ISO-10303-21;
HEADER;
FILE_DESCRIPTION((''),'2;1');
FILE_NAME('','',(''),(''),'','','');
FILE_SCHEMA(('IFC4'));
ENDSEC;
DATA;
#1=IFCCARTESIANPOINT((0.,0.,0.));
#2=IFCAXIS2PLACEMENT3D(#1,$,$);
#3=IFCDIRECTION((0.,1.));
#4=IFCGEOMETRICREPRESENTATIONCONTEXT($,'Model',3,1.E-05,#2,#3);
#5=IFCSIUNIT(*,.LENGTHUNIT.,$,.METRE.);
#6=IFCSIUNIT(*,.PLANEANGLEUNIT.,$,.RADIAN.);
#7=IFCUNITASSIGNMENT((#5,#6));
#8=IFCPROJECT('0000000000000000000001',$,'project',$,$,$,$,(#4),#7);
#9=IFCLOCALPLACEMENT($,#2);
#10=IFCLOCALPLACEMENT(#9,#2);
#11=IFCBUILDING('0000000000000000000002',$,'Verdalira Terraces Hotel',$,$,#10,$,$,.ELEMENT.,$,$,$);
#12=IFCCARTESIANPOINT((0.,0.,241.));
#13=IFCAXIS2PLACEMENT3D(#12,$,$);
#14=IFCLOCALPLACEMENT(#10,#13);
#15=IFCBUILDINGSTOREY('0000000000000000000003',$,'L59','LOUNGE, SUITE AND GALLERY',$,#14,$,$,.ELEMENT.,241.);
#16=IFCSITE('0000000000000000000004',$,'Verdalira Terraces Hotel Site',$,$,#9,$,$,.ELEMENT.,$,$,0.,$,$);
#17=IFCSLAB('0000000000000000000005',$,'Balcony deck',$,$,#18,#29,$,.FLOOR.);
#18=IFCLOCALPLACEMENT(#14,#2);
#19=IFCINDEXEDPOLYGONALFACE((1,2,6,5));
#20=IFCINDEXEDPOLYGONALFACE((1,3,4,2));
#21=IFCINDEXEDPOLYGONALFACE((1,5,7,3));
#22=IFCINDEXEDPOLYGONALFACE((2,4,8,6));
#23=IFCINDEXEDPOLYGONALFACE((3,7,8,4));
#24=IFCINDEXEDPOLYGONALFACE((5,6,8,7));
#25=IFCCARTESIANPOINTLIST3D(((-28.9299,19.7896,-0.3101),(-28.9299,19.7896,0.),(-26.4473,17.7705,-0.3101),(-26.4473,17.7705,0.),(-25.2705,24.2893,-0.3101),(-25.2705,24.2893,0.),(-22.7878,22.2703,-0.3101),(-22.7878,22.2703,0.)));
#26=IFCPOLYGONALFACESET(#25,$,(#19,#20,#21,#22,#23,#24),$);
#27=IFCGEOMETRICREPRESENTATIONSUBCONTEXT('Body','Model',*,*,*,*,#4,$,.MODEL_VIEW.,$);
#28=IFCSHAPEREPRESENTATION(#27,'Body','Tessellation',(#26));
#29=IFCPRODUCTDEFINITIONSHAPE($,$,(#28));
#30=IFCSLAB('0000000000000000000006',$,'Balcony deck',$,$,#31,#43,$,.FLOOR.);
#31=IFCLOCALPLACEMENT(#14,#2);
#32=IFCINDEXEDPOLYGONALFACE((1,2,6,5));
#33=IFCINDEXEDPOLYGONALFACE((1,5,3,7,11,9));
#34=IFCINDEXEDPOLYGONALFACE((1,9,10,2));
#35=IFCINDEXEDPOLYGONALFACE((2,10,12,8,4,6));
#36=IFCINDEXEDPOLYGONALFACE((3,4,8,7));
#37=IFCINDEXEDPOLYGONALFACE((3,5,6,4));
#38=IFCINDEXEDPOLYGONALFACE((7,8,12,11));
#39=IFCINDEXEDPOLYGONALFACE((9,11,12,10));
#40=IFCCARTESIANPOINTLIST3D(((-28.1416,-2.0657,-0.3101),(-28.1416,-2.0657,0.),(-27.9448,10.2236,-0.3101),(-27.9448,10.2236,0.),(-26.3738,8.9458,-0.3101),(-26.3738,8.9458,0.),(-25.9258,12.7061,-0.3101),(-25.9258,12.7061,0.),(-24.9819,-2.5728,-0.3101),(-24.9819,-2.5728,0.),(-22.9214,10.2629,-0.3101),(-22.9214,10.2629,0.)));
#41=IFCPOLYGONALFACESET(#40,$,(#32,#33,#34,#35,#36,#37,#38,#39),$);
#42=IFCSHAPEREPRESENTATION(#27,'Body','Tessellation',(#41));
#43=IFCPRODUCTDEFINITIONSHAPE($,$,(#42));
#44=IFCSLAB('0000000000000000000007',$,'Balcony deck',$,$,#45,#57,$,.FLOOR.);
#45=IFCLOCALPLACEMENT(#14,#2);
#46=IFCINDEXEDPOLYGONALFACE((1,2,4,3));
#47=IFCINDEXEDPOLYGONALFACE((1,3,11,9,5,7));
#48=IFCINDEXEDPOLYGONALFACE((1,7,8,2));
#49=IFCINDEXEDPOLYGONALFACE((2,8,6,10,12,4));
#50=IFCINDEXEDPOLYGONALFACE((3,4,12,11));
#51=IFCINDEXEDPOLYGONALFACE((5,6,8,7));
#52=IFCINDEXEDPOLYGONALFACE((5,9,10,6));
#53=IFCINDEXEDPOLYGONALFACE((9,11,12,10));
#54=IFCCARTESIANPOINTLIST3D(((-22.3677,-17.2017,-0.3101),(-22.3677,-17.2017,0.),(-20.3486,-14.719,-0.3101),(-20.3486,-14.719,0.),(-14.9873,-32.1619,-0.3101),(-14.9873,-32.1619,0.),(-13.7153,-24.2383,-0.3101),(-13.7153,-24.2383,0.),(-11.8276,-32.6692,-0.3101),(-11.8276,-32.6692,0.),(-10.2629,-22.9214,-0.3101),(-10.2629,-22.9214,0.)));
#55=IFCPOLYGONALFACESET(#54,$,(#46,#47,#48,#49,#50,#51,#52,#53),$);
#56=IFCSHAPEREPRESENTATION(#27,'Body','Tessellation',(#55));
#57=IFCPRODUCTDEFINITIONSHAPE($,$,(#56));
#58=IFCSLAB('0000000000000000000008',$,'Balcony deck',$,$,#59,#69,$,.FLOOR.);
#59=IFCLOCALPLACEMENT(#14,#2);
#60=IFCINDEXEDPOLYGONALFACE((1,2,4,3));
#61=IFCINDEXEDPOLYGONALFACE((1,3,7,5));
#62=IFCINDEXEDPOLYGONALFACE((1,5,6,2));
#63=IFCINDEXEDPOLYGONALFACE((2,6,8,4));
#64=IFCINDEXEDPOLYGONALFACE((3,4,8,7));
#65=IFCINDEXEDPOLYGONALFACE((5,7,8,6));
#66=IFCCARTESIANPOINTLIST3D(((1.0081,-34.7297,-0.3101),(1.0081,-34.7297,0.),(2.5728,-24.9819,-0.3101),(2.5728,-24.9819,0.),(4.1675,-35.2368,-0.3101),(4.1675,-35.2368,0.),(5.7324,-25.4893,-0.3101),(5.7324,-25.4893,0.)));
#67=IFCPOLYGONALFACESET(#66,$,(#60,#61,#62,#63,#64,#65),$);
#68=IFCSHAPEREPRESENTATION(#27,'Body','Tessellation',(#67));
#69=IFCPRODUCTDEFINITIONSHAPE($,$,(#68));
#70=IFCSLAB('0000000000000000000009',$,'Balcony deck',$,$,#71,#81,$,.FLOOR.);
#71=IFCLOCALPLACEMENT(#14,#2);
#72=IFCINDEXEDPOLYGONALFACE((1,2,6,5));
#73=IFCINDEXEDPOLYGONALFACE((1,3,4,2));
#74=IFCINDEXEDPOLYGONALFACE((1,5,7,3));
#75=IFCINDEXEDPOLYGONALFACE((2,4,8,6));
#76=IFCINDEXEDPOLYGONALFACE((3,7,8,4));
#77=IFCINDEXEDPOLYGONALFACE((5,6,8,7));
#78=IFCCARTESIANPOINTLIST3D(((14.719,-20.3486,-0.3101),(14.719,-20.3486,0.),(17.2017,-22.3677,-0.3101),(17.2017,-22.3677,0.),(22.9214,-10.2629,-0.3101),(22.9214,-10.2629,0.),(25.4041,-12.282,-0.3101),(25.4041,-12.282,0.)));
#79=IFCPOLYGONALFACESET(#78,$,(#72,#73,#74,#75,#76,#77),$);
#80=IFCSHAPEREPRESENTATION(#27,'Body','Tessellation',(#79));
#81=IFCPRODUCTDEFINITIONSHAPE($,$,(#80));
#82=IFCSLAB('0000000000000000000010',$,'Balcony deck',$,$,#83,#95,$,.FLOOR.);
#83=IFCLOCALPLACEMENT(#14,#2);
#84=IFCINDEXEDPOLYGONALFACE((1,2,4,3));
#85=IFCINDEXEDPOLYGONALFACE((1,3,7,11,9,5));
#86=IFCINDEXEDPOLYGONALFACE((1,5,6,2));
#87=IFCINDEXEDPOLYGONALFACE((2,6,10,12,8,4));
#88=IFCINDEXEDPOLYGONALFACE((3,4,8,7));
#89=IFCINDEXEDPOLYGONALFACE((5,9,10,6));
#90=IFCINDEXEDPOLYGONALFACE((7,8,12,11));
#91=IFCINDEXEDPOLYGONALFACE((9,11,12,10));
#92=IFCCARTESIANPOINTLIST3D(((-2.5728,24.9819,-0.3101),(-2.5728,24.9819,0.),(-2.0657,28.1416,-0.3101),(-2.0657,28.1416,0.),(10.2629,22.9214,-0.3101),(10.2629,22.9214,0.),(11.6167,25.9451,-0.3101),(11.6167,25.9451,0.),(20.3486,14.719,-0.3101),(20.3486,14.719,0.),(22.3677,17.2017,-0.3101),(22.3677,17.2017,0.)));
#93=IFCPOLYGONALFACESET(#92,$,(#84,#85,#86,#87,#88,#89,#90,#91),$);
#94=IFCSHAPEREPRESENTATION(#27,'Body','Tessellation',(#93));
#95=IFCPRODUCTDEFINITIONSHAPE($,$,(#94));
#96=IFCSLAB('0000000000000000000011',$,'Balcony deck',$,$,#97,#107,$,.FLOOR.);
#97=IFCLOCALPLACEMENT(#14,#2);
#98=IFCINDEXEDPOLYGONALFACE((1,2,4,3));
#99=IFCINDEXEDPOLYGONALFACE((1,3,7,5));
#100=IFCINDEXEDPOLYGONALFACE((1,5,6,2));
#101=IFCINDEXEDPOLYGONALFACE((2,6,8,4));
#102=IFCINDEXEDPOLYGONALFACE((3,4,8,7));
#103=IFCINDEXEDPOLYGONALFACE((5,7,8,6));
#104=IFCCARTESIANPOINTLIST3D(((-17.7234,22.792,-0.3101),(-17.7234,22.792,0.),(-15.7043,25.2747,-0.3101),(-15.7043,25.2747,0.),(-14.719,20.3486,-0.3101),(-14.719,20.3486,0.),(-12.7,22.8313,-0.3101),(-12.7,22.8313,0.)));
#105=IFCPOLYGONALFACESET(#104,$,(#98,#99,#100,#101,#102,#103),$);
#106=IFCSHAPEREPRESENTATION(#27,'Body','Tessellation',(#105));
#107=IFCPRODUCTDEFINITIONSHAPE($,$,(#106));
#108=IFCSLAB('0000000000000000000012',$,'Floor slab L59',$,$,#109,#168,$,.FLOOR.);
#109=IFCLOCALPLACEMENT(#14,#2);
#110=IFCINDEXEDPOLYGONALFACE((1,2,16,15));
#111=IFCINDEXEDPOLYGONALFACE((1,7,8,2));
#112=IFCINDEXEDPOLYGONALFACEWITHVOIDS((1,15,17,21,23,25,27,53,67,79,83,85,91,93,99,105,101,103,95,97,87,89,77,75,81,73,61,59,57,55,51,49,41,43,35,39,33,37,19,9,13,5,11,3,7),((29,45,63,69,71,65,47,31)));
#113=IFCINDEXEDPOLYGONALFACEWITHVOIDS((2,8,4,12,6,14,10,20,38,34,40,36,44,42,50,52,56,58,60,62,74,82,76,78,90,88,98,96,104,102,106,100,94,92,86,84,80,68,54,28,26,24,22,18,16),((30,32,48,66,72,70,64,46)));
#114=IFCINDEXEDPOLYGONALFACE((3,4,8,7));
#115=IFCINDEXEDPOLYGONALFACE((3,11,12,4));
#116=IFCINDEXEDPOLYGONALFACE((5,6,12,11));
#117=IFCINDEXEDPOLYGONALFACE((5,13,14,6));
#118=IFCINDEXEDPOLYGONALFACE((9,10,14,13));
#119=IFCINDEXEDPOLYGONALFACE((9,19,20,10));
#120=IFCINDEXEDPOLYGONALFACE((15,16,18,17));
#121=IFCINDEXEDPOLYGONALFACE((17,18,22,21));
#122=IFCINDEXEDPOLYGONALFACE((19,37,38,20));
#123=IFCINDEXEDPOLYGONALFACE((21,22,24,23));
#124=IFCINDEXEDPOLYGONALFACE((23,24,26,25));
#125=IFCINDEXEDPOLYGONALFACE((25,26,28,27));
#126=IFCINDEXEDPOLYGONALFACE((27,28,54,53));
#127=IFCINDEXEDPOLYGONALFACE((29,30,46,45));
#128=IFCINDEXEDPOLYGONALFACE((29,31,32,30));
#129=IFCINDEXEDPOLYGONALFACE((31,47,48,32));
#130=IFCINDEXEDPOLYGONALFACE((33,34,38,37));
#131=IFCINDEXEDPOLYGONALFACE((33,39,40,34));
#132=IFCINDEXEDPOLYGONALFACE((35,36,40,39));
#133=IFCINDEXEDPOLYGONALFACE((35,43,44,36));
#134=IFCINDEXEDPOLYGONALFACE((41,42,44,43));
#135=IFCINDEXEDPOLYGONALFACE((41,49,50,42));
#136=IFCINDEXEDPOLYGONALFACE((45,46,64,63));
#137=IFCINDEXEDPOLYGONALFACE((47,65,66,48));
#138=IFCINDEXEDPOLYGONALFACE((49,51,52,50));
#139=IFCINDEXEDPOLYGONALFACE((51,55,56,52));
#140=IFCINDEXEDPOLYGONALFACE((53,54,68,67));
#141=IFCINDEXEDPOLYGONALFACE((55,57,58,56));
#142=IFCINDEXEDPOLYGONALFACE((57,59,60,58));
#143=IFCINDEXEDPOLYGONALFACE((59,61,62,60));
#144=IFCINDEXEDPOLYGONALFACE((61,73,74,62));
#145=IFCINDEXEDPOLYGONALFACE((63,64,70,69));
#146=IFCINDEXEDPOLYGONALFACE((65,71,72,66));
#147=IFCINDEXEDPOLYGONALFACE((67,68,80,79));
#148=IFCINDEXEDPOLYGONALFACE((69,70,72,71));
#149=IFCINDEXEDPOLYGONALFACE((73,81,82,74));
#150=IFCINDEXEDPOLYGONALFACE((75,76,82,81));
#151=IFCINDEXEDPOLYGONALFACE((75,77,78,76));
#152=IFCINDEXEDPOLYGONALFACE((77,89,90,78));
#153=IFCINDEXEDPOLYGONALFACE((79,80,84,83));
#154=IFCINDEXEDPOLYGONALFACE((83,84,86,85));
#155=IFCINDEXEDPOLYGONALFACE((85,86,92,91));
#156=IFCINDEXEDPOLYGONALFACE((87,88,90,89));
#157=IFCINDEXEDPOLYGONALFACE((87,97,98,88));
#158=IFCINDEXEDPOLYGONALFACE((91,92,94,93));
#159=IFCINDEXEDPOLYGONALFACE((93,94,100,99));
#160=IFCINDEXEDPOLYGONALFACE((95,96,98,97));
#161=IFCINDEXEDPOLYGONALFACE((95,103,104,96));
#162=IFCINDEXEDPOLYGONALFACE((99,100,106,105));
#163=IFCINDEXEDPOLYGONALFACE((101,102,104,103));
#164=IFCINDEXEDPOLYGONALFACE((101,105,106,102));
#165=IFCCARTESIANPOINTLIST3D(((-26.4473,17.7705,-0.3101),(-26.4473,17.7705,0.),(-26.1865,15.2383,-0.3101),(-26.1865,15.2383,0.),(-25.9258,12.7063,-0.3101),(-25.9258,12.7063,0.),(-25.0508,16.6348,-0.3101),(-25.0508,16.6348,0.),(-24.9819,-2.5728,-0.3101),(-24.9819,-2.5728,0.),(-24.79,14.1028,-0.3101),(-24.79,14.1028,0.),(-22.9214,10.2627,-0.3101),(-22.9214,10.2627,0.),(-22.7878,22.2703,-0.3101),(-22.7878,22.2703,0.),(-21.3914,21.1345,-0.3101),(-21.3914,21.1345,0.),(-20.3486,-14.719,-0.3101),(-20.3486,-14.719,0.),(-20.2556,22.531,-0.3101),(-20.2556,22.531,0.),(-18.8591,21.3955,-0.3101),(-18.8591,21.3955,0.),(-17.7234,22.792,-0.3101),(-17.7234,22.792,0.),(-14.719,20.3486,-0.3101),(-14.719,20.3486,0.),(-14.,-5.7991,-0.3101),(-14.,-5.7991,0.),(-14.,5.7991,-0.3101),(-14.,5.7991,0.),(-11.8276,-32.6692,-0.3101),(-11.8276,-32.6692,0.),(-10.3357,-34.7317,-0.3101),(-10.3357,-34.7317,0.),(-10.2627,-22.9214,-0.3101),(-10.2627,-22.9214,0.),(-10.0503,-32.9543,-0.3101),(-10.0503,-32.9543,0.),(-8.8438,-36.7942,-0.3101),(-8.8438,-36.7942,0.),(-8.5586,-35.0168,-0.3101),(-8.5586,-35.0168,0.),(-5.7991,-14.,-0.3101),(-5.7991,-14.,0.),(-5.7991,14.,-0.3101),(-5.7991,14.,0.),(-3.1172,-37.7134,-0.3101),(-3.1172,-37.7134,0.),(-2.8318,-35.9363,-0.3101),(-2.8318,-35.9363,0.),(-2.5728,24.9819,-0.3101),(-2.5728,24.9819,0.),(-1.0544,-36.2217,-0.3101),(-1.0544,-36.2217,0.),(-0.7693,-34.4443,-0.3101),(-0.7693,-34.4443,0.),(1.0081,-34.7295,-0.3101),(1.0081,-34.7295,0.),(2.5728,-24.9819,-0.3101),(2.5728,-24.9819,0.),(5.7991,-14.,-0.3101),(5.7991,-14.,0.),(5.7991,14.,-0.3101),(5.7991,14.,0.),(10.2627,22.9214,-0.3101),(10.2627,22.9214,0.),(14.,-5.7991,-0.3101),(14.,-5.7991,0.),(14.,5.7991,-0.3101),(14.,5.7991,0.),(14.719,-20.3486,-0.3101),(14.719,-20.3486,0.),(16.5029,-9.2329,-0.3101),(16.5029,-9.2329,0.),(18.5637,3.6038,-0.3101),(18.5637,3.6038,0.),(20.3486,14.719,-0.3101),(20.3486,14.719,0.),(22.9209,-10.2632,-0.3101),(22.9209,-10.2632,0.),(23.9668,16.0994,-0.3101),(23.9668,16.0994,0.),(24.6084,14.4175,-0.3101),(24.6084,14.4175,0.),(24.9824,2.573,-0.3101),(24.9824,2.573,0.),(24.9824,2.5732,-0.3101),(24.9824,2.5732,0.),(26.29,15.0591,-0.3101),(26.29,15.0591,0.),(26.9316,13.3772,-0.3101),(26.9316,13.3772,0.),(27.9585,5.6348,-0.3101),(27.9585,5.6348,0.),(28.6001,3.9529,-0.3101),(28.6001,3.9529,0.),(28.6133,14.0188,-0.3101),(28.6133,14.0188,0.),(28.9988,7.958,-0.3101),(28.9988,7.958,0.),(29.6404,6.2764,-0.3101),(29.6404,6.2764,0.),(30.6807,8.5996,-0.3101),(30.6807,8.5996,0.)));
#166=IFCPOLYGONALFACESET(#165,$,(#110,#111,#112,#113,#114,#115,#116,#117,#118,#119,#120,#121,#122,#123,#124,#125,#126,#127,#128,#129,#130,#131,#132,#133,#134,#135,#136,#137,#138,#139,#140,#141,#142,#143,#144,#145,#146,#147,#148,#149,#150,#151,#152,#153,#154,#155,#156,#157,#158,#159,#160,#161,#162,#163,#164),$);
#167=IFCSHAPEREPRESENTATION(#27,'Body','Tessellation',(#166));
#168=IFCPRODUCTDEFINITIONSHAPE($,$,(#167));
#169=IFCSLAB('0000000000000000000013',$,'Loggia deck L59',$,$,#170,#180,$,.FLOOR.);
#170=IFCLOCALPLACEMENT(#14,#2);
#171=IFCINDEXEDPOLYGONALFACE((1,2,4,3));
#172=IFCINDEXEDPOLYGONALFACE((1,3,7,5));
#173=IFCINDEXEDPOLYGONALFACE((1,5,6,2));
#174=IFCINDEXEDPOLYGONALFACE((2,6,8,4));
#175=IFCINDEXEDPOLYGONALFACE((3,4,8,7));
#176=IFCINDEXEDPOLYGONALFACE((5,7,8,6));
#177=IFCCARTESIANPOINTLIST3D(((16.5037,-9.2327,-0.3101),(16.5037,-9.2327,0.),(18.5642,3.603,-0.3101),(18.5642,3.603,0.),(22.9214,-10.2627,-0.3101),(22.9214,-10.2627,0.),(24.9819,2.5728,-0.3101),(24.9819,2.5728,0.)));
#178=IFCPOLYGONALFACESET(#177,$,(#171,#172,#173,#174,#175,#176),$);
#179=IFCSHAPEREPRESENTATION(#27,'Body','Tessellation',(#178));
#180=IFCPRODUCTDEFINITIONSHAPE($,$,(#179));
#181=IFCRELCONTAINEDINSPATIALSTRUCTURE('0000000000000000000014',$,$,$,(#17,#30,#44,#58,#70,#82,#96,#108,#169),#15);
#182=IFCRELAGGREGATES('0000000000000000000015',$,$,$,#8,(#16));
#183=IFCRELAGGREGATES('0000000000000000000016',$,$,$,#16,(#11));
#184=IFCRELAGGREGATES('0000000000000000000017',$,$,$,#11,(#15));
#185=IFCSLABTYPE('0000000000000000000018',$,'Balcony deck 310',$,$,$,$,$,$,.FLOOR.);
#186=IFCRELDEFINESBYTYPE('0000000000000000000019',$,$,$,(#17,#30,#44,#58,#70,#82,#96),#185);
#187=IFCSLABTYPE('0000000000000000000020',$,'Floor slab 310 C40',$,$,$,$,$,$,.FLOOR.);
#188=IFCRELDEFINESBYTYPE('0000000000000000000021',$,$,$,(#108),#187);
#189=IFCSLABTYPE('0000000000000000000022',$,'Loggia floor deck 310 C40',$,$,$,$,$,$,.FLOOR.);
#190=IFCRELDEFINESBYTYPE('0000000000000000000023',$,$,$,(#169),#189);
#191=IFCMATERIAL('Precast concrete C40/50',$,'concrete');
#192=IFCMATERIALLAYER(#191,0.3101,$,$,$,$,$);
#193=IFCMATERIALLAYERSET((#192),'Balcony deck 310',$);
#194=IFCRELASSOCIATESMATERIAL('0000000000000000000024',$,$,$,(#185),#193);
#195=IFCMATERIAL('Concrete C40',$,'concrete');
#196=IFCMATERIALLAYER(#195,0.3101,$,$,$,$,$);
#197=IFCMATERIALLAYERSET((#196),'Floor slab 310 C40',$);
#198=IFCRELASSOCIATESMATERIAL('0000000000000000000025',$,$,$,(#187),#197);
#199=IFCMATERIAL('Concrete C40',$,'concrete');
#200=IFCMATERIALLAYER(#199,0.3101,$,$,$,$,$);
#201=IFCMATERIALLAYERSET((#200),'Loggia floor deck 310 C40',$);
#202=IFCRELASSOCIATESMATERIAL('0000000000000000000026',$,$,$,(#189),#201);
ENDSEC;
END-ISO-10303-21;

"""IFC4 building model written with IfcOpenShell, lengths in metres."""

from ifc_helpers import new_model, si_unit, direction, frame, origin, place, context, subcontext, project, spatial, polyline, outline, extrude, material, layer, layer_set, type_object, element, save


model = new_model("IFC4")

# Units and contexts
model_context = context("Model", 3, precision=1e-05, world=origin(), true_north=direction((0.0, 1.0)))
body_context = subcontext(model_context, "Body", "Model", "MODEL_VIEW")
ifc_project = project(units=[si_unit("LENGTHUNIT", "METRE"), si_unit("PLANEANGLEUNIT", "RADIAN")], contexts=[model_context])

# Site, building, storey
site_placement = place(None, origin())
site = spatial("IfcSite", under=ifc_project, at=site_placement, Name="Verdalira Terraces Hotel Site", CompositionType="ELEMENT", RefElevation=0.0)
building_placement = place(site_placement, origin())
building = spatial("IfcBuilding", under=site, at=building_placement, Name="Verdalira Terraces Hotel", CompositionType="ELEMENT")
storey_placement = place(building_placement, frame((0.0, 0.0, 241.0)))
storey = spatial("IfcBuildingStorey", under=building, at=storey_placement, Name="L59", Description="LOUNGE, SUITE AND GALLERY", CompositionType="ELEMENT", Elevation=241.0)

# Slabs
ifc_material_1 = material(Name="Precast concrete C40/50", Category="concrete")
ifc_layer_1 = layer(ifc_material_1, 0.3101)
ifc_layer_set_1 = layer_set([ifc_layer_1], Name="Balcony deck 310")
slab_type_1 = type_object("IfcSlabType", Name="Balcony deck 310", PredefinedType="FLOOR", material=ifc_layer_set_1)
slab_1_placement = place(storey_placement, frame((0.0, 0.0, -0.3101)))
element("IfcSlab", 1, at=slab_1_placement, inside=storey, type_object=slab_type_1, Name="Balcony deck", PredefinedType="FLOOR", context=body_context, shape_type="SweptSolid", body=[
    extrude(outline(polyline([(-28.9299, 19.7896), (-26.4473, 17.7705), (-22.7878, 22.2703), (-25.2705, 24.2893), (-28.9299, 19.7896)])), origin(), (0.0, 0.0, 1.0), 0.3101),
])
slab_2_placement = place(storey_placement, frame((0.0, 0.0, -0.3101)))
element("IfcSlab", 2, at=slab_2_placement, inside=storey, type_object=slab_type_1, Name="Balcony deck", PredefinedType="FLOOR", context=body_context, shape_type="SweptSolid", body=[
    extrude(outline(polyline([(-26.3738, 8.9458), (-28.1416, -2.0657), (-24.9819, -2.5728), (-22.9214, 10.2629), (-25.9258, 12.7061), (-27.9448, 10.2236), (-26.3738, 8.9458)])), origin(), (0.0, 0.0, 1.0), 0.3101),
])
slab_3_placement = place(storey_placement, frame((0.0, 0.0, -0.3101)))
element("IfcSlab", 3, at=slab_3_placement, inside=storey, type_object=slab_type_1, Name="Balcony deck", PredefinedType="FLOOR", context=body_context, shape_type="SweptSolid", body=[
    extrude(outline(polyline([(-13.7153, -24.2383), (-14.9873, -32.1619), (-11.8276, -32.6692), (-10.2629, -22.9214), (-20.3486, -14.719), (-22.3677, -17.2017), (-13.7153, -24.2383)])), origin(), (0.0, 0.0, 1.0), 0.3101),
])
slab_4_placement = place(storey_placement, frame((0.0, 0.0, -0.3101)))
element("IfcSlab", 4, at=slab_4_placement, inside=storey, type_object=slab_type_1, Name="Balcony deck", PredefinedType="FLOOR", context=body_context, shape_type="SweptSolid", body=[
    extrude(outline(polyline([(5.7324, -25.4893), (2.5728, -24.9819), (1.0081, -34.7297), (4.1675, -35.2368), (5.7324, -25.4893)])), origin(), (0.0, 0.0, 1.0), 0.3101),
])
slab_5_placement = place(storey_placement, frame((0.0, 0.0, -0.3101)))
element("IfcSlab", 5, at=slab_5_placement, inside=storey, type_object=slab_type_1, Name="Balcony deck", PredefinedType="FLOOR", context=body_context, shape_type="SweptSolid", body=[
    extrude(outline(polyline([(25.4041, -12.282), (22.9214, -10.2629), (14.719, -20.3486), (17.2017, -22.3677), (25.4041, -12.282)])), origin(), (0.0, 0.0, 1.0), 0.3101),
])
slab_6_placement = place(storey_placement, frame((0.0, 0.0, -0.3101)))
element("IfcSlab", 6, at=slab_6_placement, inside=storey, type_object=slab_type_1, Name="Balcony deck", PredefinedType="FLOOR", context=body_context, shape_type="SweptSolid", body=[
    extrude(outline(polyline([(-2.0657, 28.1416), (-2.5728, 24.9819), (10.2629, 22.9214), (20.3486, 14.719), (22.3677, 17.2017), (11.6167, 25.9451), (-2.0657, 28.1416)])), origin(), (0.0, 0.0, 1.0), 0.3101),
])
slab_7_placement = place(storey_placement, frame((0.0, 0.0, -0.3101)))
element("IfcSlab", 7, at=slab_7_placement, inside=storey, type_object=slab_type_1, Name="Balcony deck", PredefinedType="FLOOR", context=body_context, shape_type="SweptSolid", body=[
    extrude(outline(polyline([(-15.7043, 25.2747), (-17.7234, 22.792), (-14.719, 20.3486), (-12.7, 22.8313), (-15.7043, 25.2747)])), origin(), (0.0, 0.0, 1.0), 0.3101),
])
ifc_material_2 = material(Name="Concrete C40", Category="concrete")
ifc_layer_2 = layer(ifc_material_2, 0.3101)
ifc_layer_set_2 = layer_set([ifc_layer_2], Name="Floor slab 310 C40")
slab_type_2 = type_object("IfcSlabType", Name="Floor slab 310 C40", PredefinedType="FLOOR", material=ifc_layer_set_2)
slab_8_placement = place(storey_placement, frame((0.0, 0.0, -0.3101)))
element("IfcSlab", 8, at=slab_8_placement, inside=storey, type_object=slab_type_2, Name="Floor slab L59", PredefinedType="FLOOR", context=body_context, shape_type="SweptSolid", body=[
    extrude(outline(polyline([(2.5728, -24.9819), (14.719, -20.3486), (22.9209, -10.2632), (16.5029, -9.2329), (18.5637, 3.6038), (24.9824, 2.5732), (24.9824, 2.573), (28.6001, 3.9529), (27.9585, 5.6348), (29.6404, 6.2764), (28.9988, 7.958), (30.6807, 8.5996), (28.6133, 14.0188), (26.9316, 13.3772), (26.29, 15.0591), (24.6084, 14.4175), (23.9668, 16.0994), (20.3486, 14.719), (10.2627, 22.9214), (-2.5728, 24.9819), (-14.719, 20.3486), (-17.7234, 22.792), (-18.8591, 21.3955), (-20.2556, 22.531), (-21.3914, 21.1345), (-22.7878, 22.2703), (-26.4473, 17.7705), (-25.0508, 16.6348), (-26.1865, 15.2383), (-24.79, 14.1028), (-25.9258, 12.7063), (-22.9214, 10.2627), (-24.9819, -2.5728), (-20.3486, -14.719), (-10.2627, -22.9214), (-11.8276, -32.6692), (-10.0503, -32.9543), (-10.3357, -34.7317), (-8.5586, -35.0168), (-8.8438, -36.7942), (-3.1172, -37.7134), (-2.8318, -35.9363), (-1.0544, -36.2217), (-0.7693, -34.4443), (1.0081, -34.7295), (2.5728, -24.9819)]), holes=[polyline([(5.7991, 14.0), (14.0, 5.7991), (14.0, -5.7991), (5.7991, -14.0), (-5.7991, -14.0), (-14.0, -5.7991), (-14.0, 5.7991), (-5.7991, 14.0), (5.7991, 14.0)])]), origin(), (0.0, 0.0, 1.0), 0.3101),
])
ifc_material_3 = material(Name="Concrete C40", Category="concrete")
ifc_layer_3 = layer(ifc_material_3, 0.3101)
ifc_layer_set_3 = layer_set([ifc_layer_3], Name="Loggia floor deck 310 C40")
slab_type_3 = type_object("IfcSlabType", Name="Loggia floor deck 310 C40", PredefinedType="FLOOR", material=ifc_layer_set_3)
slab_9_placement = place(storey_placement, frame((0.0, 0.0, -0.3101)))
element("IfcSlab", 9, at=slab_9_placement, inside=storey, type_object=slab_type_3, Name="Loggia deck L59", PredefinedType="FLOOR", context=body_context, shape_type="SweptSolid", body=[
    extrude(outline(polyline([(18.5642, 3.603), (16.5037, -9.2327), (22.9214, -10.2627), (24.9819, 2.5728), (24.9819, 2.5728), (24.9819, 2.5728), (18.5642, 3.603)])), origin(), (0.0, 0.0, 1.0), 0.3101),
])

save(model, "model.ifc")
